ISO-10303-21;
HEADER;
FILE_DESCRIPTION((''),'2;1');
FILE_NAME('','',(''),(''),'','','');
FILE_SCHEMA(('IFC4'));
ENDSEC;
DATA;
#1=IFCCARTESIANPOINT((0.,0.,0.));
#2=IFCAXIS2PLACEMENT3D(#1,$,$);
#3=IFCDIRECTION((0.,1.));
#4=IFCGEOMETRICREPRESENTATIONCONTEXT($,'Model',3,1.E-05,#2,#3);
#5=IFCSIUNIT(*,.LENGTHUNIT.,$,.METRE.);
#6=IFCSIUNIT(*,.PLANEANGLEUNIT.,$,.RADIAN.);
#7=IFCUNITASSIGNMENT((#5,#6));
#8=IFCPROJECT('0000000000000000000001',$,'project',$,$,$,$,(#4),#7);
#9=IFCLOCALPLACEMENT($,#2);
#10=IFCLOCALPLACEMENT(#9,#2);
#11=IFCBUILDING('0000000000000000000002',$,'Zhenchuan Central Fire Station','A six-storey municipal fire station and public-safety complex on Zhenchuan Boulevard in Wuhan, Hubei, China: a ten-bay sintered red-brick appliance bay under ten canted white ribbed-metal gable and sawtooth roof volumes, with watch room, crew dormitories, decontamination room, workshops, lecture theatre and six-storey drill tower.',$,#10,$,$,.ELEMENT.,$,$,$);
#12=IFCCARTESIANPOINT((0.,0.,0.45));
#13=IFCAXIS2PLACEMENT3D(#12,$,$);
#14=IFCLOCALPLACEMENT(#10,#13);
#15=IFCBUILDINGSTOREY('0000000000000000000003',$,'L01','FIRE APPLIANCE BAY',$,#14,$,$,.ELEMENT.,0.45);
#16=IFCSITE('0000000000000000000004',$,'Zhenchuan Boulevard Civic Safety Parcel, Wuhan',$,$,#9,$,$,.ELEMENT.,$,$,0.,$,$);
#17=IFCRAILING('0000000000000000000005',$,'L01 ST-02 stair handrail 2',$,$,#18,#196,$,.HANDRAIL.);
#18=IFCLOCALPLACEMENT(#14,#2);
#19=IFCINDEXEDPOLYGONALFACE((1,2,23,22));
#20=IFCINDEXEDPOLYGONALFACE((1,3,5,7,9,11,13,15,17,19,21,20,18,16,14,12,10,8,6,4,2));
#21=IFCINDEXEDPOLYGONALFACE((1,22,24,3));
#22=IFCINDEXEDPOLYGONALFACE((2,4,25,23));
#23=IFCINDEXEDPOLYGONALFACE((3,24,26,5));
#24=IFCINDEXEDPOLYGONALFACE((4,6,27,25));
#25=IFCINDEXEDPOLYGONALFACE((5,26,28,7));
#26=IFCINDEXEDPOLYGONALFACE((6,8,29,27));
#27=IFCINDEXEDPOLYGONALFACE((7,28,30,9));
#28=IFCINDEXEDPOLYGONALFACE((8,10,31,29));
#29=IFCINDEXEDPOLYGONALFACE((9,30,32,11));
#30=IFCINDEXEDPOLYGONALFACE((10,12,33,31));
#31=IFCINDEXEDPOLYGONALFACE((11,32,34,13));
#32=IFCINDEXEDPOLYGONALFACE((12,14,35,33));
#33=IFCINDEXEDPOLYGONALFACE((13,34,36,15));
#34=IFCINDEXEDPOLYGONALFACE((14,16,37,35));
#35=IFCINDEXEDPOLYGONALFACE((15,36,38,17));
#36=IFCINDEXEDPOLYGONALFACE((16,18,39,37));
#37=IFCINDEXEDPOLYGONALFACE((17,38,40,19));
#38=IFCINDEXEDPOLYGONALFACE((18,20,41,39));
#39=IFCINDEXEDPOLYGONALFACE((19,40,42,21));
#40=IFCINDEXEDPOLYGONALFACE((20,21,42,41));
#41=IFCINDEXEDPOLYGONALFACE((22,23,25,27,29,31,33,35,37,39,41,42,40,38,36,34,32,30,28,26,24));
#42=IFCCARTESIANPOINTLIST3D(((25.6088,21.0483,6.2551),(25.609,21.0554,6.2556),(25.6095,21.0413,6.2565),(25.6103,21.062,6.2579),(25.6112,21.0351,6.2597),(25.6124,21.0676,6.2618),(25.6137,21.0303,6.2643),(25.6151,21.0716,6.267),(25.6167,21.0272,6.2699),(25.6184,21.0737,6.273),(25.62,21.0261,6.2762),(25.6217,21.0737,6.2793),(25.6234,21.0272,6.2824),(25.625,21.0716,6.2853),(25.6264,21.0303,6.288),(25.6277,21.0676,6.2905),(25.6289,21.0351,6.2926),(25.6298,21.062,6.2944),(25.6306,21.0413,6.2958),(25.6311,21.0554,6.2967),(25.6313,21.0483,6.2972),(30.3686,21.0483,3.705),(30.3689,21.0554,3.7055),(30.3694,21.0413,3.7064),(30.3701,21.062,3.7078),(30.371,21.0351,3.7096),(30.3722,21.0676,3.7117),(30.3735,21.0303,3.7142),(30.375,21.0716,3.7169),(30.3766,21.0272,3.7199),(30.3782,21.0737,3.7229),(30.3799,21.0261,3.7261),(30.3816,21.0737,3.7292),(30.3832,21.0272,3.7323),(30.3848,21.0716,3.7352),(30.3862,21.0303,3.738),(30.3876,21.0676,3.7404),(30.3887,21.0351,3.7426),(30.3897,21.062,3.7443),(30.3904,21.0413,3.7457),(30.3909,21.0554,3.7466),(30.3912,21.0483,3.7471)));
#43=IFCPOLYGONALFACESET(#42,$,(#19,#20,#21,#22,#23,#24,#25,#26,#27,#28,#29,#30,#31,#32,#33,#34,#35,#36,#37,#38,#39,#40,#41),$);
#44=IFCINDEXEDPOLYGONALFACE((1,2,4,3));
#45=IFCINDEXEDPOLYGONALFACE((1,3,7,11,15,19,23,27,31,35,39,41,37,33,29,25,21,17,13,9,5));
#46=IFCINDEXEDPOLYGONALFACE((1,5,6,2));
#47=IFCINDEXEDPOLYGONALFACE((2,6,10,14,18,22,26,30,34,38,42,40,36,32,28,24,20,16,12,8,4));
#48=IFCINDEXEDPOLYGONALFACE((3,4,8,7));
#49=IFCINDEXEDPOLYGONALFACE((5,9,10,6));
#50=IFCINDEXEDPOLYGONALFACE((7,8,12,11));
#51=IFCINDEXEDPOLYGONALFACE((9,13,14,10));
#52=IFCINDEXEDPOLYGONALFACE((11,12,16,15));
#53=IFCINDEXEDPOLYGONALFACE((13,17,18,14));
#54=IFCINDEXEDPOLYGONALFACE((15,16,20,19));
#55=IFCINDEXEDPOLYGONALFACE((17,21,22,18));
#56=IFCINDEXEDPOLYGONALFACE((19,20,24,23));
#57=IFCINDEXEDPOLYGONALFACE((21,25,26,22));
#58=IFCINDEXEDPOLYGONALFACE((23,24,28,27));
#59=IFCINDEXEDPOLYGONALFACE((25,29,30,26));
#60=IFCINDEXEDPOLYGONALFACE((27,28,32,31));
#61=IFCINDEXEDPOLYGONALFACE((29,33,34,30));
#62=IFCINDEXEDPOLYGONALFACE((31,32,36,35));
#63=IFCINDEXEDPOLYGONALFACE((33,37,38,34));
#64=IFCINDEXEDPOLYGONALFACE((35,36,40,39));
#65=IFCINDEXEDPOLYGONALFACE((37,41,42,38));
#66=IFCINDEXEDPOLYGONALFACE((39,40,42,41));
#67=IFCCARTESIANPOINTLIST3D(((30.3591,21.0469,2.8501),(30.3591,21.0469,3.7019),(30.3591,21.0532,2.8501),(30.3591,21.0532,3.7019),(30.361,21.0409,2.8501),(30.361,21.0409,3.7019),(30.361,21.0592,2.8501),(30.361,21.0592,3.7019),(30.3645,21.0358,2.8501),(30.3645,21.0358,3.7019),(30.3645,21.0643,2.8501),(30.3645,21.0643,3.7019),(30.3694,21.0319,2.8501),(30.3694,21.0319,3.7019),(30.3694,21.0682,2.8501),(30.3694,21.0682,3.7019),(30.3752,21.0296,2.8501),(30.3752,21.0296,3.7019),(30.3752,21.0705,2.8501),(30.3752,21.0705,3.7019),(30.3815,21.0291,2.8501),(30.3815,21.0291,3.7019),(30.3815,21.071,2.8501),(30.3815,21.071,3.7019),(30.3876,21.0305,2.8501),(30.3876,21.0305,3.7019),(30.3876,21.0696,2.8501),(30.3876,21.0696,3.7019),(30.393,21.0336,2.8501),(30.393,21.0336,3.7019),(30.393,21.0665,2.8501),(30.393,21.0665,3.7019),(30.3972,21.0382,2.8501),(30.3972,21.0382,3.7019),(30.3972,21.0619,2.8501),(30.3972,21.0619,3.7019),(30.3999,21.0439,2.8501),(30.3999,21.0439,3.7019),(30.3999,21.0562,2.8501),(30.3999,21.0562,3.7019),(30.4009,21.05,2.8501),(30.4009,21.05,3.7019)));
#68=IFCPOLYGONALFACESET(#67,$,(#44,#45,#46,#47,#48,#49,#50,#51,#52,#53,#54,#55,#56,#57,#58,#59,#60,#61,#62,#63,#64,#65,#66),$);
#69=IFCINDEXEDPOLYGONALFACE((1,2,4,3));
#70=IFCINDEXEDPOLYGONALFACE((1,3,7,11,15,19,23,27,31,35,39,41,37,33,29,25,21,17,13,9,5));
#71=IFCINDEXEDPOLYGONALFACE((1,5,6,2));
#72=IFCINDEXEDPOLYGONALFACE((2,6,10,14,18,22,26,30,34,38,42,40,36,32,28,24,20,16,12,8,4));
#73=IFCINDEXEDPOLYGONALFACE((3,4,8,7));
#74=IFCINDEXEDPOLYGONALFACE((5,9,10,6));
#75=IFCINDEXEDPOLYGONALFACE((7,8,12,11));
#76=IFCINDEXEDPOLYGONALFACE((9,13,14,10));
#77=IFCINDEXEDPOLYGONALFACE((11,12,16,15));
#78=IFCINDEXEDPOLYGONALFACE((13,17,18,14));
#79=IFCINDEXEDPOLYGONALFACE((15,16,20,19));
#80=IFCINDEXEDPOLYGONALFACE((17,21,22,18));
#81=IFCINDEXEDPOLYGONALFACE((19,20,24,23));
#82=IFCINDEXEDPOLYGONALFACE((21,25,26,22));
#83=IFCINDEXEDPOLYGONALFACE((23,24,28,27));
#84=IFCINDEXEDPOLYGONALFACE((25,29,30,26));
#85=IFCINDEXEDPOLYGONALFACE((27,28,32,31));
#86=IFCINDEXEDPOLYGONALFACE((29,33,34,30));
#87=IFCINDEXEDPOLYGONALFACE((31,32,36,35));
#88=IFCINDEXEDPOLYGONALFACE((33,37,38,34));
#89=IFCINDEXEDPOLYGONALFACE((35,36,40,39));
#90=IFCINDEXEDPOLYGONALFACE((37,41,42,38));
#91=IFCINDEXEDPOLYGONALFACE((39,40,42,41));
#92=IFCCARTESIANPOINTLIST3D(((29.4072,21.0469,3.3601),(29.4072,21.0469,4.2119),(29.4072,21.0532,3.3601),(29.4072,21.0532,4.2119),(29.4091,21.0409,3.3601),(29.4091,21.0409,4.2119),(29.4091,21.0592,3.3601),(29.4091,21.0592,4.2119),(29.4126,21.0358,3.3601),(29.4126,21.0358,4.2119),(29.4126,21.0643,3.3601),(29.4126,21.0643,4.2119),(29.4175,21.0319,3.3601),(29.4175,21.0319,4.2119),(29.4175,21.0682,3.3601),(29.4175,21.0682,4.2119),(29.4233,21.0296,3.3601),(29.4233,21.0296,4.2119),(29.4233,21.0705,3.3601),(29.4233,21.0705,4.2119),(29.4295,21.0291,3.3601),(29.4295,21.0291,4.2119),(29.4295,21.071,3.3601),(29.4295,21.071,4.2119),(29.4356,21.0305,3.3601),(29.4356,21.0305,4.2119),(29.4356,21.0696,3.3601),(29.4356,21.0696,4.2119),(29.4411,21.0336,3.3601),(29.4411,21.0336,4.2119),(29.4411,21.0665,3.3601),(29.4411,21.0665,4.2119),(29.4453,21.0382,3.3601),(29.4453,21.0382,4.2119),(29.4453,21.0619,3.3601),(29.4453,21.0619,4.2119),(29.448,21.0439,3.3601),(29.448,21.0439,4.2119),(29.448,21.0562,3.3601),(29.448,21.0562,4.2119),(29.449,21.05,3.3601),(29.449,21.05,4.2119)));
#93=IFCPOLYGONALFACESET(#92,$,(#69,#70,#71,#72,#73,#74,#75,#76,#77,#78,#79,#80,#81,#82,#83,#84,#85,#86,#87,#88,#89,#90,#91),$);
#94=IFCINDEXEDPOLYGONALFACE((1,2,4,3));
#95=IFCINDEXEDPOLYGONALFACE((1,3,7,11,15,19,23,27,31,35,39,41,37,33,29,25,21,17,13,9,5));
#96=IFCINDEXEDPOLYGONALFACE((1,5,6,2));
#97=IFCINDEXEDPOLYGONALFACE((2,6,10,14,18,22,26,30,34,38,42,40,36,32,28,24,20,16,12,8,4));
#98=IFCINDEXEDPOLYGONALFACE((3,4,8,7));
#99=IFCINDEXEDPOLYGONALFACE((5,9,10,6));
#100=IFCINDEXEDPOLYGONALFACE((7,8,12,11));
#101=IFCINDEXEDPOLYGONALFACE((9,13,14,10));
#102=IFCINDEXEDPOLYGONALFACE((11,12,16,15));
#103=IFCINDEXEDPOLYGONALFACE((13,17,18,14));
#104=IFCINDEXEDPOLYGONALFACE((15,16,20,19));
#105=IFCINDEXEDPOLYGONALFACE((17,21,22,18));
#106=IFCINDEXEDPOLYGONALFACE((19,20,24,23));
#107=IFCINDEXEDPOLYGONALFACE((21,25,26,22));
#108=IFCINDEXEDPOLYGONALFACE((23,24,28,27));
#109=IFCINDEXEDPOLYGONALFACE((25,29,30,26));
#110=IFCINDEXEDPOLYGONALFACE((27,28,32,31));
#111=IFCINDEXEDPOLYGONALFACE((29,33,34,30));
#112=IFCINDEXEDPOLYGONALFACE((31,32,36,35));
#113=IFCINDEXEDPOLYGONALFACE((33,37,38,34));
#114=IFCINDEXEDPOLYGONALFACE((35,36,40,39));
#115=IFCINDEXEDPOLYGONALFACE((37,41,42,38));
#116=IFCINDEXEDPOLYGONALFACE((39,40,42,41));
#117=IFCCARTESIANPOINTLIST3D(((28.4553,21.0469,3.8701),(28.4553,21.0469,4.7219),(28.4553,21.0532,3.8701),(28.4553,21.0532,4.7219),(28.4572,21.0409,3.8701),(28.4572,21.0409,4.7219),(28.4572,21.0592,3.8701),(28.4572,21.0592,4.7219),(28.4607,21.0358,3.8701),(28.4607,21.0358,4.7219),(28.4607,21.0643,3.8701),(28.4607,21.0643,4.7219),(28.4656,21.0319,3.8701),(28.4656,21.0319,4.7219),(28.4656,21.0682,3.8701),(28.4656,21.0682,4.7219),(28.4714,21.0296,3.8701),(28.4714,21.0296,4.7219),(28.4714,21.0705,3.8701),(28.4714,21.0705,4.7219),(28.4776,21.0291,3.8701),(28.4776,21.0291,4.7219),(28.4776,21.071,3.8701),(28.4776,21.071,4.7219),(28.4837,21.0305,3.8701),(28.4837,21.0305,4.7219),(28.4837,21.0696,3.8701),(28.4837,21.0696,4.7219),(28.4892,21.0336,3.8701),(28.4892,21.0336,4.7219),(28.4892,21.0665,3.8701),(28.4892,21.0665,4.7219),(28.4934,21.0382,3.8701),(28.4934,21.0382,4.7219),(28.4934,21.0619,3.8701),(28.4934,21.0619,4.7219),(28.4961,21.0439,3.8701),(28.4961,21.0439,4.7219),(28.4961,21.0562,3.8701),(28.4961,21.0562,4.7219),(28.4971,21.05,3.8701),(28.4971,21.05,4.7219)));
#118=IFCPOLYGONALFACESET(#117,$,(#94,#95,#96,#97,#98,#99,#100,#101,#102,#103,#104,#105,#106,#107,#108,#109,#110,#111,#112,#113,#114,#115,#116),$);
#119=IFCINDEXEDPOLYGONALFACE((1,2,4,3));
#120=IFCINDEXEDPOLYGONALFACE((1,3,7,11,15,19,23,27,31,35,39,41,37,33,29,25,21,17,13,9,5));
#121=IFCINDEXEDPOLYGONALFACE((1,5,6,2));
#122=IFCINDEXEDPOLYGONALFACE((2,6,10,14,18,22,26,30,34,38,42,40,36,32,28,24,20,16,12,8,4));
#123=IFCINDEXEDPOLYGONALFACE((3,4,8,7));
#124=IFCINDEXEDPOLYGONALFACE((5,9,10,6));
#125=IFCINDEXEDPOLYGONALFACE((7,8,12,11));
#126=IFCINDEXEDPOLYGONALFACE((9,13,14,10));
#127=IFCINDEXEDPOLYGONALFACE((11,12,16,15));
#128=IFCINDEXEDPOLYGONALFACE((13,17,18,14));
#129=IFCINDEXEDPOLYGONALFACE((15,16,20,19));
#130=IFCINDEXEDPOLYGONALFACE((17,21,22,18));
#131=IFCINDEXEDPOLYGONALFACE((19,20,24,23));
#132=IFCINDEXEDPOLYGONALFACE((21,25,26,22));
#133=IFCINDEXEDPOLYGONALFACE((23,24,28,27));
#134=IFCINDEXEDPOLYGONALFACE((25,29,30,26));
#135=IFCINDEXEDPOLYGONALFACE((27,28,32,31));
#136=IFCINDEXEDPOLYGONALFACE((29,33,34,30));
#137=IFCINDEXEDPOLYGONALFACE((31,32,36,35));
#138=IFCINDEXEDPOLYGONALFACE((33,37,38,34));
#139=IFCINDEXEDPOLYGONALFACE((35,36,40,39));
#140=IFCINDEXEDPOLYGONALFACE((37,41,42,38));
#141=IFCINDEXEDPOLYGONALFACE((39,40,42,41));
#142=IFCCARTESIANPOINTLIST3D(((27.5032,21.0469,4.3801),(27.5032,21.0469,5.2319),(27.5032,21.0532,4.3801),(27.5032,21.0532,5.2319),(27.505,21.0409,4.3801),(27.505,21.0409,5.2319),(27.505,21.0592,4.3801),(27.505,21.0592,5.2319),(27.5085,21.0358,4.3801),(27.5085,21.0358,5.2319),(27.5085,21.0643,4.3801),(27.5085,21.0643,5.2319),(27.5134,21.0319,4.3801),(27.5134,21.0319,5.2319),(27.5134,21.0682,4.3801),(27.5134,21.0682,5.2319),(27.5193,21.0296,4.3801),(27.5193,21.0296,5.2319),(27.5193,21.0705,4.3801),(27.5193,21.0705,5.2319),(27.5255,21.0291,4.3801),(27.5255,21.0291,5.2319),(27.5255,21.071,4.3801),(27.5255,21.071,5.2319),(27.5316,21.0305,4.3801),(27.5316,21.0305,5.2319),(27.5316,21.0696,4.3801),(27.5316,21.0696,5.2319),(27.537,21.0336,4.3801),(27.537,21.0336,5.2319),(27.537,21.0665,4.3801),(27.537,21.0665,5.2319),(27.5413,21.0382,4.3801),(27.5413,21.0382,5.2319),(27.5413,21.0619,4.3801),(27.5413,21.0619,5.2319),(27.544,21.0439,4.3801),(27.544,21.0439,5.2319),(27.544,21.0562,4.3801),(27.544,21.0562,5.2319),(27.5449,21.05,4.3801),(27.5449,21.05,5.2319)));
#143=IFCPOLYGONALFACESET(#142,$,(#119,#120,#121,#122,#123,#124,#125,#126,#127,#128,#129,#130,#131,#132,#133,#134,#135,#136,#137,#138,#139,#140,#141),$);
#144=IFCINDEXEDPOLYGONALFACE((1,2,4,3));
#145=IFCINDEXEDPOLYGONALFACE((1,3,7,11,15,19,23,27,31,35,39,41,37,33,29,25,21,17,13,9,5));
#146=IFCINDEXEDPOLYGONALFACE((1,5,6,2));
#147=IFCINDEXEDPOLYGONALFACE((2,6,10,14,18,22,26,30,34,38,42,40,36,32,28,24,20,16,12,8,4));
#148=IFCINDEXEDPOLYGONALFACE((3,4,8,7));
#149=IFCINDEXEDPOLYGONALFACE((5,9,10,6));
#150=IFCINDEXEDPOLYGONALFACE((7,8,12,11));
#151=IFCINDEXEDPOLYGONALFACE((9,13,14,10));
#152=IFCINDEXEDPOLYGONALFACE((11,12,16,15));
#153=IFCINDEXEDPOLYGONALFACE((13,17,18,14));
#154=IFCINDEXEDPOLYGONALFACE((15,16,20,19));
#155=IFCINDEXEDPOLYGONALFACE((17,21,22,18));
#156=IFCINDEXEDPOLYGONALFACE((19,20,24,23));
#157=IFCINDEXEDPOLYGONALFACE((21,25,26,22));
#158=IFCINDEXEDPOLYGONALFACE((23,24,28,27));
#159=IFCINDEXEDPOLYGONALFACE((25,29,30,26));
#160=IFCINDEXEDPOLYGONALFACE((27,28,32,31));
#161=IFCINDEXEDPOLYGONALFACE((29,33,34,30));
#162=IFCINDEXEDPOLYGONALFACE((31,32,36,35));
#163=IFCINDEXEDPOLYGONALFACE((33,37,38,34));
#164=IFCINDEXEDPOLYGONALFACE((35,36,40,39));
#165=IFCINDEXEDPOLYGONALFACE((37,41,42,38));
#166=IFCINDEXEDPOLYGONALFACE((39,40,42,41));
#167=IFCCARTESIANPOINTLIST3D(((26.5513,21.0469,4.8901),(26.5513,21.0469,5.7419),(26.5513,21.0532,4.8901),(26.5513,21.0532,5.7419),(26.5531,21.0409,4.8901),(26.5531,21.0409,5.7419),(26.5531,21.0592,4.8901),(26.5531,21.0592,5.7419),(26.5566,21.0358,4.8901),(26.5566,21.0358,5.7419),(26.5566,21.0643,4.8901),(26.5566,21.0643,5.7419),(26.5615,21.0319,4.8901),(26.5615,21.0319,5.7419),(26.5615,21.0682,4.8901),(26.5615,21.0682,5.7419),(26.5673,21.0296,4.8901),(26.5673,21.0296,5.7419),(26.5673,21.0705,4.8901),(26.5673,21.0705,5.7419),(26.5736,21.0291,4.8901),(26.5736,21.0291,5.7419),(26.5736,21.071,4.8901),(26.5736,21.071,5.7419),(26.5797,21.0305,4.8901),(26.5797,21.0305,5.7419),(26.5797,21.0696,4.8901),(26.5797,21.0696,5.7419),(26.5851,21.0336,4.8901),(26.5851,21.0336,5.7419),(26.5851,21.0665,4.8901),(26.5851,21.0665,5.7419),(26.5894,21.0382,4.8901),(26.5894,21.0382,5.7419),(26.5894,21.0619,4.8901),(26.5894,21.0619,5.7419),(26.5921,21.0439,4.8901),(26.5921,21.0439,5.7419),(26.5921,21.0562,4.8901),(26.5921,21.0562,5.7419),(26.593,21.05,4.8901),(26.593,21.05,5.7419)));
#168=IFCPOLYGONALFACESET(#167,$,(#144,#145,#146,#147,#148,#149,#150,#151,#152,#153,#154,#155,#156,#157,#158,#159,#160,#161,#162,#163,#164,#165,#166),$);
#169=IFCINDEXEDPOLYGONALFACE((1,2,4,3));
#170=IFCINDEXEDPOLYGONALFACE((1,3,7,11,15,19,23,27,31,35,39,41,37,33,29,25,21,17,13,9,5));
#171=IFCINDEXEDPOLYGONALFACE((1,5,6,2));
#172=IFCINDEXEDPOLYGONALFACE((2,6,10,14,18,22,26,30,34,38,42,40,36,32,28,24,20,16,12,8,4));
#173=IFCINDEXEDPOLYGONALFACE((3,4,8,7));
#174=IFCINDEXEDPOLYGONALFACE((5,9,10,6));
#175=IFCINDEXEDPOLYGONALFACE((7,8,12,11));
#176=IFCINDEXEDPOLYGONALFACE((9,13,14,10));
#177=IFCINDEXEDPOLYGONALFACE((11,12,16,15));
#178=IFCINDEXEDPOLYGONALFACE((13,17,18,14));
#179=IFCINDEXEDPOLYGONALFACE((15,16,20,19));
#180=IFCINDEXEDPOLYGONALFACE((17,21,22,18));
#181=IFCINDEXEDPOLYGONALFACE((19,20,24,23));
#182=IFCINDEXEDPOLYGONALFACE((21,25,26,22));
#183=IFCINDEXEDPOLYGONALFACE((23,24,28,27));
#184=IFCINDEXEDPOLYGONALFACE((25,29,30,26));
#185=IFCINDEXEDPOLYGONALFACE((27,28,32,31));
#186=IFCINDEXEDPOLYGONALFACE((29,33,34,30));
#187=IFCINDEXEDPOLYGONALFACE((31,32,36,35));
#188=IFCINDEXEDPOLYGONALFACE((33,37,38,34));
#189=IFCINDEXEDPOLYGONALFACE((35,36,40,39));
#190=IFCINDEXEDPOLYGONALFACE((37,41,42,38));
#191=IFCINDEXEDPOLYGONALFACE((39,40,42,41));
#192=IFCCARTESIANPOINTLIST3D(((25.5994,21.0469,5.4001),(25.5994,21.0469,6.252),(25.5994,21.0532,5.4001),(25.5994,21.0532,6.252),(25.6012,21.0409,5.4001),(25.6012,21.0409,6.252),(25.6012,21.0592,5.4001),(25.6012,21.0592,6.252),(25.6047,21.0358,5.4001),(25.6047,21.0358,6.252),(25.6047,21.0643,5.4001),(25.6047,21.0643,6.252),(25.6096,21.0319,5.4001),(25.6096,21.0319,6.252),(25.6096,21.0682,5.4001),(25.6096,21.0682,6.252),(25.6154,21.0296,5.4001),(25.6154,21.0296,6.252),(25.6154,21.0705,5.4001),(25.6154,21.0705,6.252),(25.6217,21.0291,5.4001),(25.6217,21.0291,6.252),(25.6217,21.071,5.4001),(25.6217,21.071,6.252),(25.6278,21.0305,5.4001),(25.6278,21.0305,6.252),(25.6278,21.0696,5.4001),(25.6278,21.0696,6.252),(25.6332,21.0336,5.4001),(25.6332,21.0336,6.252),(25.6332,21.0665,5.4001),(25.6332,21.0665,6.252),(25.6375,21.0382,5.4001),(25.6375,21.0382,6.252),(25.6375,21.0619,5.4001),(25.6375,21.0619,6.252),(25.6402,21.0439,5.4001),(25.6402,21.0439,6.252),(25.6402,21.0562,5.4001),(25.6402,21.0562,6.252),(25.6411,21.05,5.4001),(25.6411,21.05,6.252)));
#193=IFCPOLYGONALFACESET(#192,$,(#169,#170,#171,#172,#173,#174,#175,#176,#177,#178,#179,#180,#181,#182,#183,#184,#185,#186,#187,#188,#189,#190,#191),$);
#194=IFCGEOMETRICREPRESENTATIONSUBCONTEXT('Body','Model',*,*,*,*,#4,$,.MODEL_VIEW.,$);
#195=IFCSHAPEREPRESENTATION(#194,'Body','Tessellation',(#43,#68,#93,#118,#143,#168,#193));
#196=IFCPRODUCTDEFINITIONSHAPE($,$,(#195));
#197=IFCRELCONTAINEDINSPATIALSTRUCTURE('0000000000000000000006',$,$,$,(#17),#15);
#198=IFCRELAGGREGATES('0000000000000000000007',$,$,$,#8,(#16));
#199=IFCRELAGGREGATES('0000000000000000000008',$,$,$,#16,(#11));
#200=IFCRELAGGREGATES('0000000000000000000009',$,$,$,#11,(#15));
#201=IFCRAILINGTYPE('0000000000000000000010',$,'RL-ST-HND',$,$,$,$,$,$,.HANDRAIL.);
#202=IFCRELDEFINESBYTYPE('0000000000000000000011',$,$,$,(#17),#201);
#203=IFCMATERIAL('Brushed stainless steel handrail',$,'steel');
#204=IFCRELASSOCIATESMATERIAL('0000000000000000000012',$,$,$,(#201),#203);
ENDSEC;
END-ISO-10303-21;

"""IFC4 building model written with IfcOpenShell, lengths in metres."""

from ifc_helpers import new_model, si_unit, direction, frame, origin, origin_2d, place, context, subcontext, project, spatial, circle, extrude, material, type_object, element, save


model = new_model("IFC4")

# Units and contexts
model_context = context("Model", 3, precision=1e-05, world=origin(), true_north=direction((0.0, 1.0)))
body_context = subcontext(model_context, "Body", "Model", "MODEL_VIEW")
ifc_project = project(units=[si_unit("LENGTHUNIT", "METRE"), si_unit("PLANEANGLEUNIT", "RADIAN")], contexts=[model_context])

# Site, building, storey
site_placement = place(None, origin())
site = spatial("IfcSite", under=ifc_project, at=site_placement, Name="Zhenchuan Boulevard Civic Safety Parcel, Wuhan", CompositionType="ELEMENT", RefElevation=0.0)
building_placement = place(site_placement, origin())
building = spatial("IfcBuilding", under=site, at=building_placement, Name="Zhenchuan Central Fire Station", Description="A six-storey municipal fire station and public-safety complex on Zhenchuan Boulevard in Wuhan, Hubei, China: a ten-bay sintered red-brick appliance bay under ten canted white ribbed-metal gable and sawtooth roof volumes, with watch room, crew dormitories, decontamination room, workshops, lecture theatre and six-storey drill tower.", CompositionType="ELEMENT")
storey_placement = place(building_placement, frame((0.0, 0.0, 0.45)))
storey = spatial("IfcBuildingStorey", under=building, at=storey_placement, Name="L01", Description="FIRE APPLIANCE BAY", CompositionType="ELEMENT", Elevation=0.45)

# Railing
ifc_material_1 = material(Name="Brushed stainless steel handrail", Category="steel")
railing_type_1 = type_object("IfcRailingType", Name="RL-ST-HND", PredefinedType="HANDRAIL", material=ifc_material_1)
railing_1_placement = place(storey_placement, frame((30.3799, 21.05, 2.8501)))
element("IfcRailing", 1, at=railing_1_placement, inside=storey, type_object=railing_type_1, Name="L01 ST-02 stair handrail 2", PredefinedType="HANDRAIL", context=body_context, shape_type="SweptSolid", body=[
    extrude(circle(Radius=0.0239, at=origin_2d()), frame((0.0, 0.0, 0.876), z_axis=(-0.881467, 0.0, 0.472247), x_axis=(0.0, -1.0, 0.0)), (0.0, 0.0, 1.0), 5.3999),
    extrude(circle(Radius=0.021, at=origin_2d()), origin(), (0.0, 0.0, 1.0), 0.8518),
    extrude(circle(Radius=0.021, at=origin_2d()), frame((-0.9519, 0.0, 0.51)), (0.0, 0.0, 1.0), 0.8518),
    extrude(circle(Radius=0.021, at=origin_2d()), frame((-1.9038, 0.0, 1.02)), (0.0, 0.0, 1.0), 0.8518),
    extrude(circle(Radius=0.021, at=origin_2d()), frame((-2.856, 0.0, 1.53)), (0.0, 0.0, 1.0), 0.8518),
    extrude(circle(Radius=0.021, at=origin_2d()), frame((-3.8079, 0.0, 2.04)), (0.0, 0.0, 1.0), 0.8518),
    extrude(circle(Radius=0.021, at=origin_2d()), frame((-4.7598, 0.0, 2.55)), (0.0, 0.0, 1.0), 0.8518),
])

save(model, "model.ifc")
